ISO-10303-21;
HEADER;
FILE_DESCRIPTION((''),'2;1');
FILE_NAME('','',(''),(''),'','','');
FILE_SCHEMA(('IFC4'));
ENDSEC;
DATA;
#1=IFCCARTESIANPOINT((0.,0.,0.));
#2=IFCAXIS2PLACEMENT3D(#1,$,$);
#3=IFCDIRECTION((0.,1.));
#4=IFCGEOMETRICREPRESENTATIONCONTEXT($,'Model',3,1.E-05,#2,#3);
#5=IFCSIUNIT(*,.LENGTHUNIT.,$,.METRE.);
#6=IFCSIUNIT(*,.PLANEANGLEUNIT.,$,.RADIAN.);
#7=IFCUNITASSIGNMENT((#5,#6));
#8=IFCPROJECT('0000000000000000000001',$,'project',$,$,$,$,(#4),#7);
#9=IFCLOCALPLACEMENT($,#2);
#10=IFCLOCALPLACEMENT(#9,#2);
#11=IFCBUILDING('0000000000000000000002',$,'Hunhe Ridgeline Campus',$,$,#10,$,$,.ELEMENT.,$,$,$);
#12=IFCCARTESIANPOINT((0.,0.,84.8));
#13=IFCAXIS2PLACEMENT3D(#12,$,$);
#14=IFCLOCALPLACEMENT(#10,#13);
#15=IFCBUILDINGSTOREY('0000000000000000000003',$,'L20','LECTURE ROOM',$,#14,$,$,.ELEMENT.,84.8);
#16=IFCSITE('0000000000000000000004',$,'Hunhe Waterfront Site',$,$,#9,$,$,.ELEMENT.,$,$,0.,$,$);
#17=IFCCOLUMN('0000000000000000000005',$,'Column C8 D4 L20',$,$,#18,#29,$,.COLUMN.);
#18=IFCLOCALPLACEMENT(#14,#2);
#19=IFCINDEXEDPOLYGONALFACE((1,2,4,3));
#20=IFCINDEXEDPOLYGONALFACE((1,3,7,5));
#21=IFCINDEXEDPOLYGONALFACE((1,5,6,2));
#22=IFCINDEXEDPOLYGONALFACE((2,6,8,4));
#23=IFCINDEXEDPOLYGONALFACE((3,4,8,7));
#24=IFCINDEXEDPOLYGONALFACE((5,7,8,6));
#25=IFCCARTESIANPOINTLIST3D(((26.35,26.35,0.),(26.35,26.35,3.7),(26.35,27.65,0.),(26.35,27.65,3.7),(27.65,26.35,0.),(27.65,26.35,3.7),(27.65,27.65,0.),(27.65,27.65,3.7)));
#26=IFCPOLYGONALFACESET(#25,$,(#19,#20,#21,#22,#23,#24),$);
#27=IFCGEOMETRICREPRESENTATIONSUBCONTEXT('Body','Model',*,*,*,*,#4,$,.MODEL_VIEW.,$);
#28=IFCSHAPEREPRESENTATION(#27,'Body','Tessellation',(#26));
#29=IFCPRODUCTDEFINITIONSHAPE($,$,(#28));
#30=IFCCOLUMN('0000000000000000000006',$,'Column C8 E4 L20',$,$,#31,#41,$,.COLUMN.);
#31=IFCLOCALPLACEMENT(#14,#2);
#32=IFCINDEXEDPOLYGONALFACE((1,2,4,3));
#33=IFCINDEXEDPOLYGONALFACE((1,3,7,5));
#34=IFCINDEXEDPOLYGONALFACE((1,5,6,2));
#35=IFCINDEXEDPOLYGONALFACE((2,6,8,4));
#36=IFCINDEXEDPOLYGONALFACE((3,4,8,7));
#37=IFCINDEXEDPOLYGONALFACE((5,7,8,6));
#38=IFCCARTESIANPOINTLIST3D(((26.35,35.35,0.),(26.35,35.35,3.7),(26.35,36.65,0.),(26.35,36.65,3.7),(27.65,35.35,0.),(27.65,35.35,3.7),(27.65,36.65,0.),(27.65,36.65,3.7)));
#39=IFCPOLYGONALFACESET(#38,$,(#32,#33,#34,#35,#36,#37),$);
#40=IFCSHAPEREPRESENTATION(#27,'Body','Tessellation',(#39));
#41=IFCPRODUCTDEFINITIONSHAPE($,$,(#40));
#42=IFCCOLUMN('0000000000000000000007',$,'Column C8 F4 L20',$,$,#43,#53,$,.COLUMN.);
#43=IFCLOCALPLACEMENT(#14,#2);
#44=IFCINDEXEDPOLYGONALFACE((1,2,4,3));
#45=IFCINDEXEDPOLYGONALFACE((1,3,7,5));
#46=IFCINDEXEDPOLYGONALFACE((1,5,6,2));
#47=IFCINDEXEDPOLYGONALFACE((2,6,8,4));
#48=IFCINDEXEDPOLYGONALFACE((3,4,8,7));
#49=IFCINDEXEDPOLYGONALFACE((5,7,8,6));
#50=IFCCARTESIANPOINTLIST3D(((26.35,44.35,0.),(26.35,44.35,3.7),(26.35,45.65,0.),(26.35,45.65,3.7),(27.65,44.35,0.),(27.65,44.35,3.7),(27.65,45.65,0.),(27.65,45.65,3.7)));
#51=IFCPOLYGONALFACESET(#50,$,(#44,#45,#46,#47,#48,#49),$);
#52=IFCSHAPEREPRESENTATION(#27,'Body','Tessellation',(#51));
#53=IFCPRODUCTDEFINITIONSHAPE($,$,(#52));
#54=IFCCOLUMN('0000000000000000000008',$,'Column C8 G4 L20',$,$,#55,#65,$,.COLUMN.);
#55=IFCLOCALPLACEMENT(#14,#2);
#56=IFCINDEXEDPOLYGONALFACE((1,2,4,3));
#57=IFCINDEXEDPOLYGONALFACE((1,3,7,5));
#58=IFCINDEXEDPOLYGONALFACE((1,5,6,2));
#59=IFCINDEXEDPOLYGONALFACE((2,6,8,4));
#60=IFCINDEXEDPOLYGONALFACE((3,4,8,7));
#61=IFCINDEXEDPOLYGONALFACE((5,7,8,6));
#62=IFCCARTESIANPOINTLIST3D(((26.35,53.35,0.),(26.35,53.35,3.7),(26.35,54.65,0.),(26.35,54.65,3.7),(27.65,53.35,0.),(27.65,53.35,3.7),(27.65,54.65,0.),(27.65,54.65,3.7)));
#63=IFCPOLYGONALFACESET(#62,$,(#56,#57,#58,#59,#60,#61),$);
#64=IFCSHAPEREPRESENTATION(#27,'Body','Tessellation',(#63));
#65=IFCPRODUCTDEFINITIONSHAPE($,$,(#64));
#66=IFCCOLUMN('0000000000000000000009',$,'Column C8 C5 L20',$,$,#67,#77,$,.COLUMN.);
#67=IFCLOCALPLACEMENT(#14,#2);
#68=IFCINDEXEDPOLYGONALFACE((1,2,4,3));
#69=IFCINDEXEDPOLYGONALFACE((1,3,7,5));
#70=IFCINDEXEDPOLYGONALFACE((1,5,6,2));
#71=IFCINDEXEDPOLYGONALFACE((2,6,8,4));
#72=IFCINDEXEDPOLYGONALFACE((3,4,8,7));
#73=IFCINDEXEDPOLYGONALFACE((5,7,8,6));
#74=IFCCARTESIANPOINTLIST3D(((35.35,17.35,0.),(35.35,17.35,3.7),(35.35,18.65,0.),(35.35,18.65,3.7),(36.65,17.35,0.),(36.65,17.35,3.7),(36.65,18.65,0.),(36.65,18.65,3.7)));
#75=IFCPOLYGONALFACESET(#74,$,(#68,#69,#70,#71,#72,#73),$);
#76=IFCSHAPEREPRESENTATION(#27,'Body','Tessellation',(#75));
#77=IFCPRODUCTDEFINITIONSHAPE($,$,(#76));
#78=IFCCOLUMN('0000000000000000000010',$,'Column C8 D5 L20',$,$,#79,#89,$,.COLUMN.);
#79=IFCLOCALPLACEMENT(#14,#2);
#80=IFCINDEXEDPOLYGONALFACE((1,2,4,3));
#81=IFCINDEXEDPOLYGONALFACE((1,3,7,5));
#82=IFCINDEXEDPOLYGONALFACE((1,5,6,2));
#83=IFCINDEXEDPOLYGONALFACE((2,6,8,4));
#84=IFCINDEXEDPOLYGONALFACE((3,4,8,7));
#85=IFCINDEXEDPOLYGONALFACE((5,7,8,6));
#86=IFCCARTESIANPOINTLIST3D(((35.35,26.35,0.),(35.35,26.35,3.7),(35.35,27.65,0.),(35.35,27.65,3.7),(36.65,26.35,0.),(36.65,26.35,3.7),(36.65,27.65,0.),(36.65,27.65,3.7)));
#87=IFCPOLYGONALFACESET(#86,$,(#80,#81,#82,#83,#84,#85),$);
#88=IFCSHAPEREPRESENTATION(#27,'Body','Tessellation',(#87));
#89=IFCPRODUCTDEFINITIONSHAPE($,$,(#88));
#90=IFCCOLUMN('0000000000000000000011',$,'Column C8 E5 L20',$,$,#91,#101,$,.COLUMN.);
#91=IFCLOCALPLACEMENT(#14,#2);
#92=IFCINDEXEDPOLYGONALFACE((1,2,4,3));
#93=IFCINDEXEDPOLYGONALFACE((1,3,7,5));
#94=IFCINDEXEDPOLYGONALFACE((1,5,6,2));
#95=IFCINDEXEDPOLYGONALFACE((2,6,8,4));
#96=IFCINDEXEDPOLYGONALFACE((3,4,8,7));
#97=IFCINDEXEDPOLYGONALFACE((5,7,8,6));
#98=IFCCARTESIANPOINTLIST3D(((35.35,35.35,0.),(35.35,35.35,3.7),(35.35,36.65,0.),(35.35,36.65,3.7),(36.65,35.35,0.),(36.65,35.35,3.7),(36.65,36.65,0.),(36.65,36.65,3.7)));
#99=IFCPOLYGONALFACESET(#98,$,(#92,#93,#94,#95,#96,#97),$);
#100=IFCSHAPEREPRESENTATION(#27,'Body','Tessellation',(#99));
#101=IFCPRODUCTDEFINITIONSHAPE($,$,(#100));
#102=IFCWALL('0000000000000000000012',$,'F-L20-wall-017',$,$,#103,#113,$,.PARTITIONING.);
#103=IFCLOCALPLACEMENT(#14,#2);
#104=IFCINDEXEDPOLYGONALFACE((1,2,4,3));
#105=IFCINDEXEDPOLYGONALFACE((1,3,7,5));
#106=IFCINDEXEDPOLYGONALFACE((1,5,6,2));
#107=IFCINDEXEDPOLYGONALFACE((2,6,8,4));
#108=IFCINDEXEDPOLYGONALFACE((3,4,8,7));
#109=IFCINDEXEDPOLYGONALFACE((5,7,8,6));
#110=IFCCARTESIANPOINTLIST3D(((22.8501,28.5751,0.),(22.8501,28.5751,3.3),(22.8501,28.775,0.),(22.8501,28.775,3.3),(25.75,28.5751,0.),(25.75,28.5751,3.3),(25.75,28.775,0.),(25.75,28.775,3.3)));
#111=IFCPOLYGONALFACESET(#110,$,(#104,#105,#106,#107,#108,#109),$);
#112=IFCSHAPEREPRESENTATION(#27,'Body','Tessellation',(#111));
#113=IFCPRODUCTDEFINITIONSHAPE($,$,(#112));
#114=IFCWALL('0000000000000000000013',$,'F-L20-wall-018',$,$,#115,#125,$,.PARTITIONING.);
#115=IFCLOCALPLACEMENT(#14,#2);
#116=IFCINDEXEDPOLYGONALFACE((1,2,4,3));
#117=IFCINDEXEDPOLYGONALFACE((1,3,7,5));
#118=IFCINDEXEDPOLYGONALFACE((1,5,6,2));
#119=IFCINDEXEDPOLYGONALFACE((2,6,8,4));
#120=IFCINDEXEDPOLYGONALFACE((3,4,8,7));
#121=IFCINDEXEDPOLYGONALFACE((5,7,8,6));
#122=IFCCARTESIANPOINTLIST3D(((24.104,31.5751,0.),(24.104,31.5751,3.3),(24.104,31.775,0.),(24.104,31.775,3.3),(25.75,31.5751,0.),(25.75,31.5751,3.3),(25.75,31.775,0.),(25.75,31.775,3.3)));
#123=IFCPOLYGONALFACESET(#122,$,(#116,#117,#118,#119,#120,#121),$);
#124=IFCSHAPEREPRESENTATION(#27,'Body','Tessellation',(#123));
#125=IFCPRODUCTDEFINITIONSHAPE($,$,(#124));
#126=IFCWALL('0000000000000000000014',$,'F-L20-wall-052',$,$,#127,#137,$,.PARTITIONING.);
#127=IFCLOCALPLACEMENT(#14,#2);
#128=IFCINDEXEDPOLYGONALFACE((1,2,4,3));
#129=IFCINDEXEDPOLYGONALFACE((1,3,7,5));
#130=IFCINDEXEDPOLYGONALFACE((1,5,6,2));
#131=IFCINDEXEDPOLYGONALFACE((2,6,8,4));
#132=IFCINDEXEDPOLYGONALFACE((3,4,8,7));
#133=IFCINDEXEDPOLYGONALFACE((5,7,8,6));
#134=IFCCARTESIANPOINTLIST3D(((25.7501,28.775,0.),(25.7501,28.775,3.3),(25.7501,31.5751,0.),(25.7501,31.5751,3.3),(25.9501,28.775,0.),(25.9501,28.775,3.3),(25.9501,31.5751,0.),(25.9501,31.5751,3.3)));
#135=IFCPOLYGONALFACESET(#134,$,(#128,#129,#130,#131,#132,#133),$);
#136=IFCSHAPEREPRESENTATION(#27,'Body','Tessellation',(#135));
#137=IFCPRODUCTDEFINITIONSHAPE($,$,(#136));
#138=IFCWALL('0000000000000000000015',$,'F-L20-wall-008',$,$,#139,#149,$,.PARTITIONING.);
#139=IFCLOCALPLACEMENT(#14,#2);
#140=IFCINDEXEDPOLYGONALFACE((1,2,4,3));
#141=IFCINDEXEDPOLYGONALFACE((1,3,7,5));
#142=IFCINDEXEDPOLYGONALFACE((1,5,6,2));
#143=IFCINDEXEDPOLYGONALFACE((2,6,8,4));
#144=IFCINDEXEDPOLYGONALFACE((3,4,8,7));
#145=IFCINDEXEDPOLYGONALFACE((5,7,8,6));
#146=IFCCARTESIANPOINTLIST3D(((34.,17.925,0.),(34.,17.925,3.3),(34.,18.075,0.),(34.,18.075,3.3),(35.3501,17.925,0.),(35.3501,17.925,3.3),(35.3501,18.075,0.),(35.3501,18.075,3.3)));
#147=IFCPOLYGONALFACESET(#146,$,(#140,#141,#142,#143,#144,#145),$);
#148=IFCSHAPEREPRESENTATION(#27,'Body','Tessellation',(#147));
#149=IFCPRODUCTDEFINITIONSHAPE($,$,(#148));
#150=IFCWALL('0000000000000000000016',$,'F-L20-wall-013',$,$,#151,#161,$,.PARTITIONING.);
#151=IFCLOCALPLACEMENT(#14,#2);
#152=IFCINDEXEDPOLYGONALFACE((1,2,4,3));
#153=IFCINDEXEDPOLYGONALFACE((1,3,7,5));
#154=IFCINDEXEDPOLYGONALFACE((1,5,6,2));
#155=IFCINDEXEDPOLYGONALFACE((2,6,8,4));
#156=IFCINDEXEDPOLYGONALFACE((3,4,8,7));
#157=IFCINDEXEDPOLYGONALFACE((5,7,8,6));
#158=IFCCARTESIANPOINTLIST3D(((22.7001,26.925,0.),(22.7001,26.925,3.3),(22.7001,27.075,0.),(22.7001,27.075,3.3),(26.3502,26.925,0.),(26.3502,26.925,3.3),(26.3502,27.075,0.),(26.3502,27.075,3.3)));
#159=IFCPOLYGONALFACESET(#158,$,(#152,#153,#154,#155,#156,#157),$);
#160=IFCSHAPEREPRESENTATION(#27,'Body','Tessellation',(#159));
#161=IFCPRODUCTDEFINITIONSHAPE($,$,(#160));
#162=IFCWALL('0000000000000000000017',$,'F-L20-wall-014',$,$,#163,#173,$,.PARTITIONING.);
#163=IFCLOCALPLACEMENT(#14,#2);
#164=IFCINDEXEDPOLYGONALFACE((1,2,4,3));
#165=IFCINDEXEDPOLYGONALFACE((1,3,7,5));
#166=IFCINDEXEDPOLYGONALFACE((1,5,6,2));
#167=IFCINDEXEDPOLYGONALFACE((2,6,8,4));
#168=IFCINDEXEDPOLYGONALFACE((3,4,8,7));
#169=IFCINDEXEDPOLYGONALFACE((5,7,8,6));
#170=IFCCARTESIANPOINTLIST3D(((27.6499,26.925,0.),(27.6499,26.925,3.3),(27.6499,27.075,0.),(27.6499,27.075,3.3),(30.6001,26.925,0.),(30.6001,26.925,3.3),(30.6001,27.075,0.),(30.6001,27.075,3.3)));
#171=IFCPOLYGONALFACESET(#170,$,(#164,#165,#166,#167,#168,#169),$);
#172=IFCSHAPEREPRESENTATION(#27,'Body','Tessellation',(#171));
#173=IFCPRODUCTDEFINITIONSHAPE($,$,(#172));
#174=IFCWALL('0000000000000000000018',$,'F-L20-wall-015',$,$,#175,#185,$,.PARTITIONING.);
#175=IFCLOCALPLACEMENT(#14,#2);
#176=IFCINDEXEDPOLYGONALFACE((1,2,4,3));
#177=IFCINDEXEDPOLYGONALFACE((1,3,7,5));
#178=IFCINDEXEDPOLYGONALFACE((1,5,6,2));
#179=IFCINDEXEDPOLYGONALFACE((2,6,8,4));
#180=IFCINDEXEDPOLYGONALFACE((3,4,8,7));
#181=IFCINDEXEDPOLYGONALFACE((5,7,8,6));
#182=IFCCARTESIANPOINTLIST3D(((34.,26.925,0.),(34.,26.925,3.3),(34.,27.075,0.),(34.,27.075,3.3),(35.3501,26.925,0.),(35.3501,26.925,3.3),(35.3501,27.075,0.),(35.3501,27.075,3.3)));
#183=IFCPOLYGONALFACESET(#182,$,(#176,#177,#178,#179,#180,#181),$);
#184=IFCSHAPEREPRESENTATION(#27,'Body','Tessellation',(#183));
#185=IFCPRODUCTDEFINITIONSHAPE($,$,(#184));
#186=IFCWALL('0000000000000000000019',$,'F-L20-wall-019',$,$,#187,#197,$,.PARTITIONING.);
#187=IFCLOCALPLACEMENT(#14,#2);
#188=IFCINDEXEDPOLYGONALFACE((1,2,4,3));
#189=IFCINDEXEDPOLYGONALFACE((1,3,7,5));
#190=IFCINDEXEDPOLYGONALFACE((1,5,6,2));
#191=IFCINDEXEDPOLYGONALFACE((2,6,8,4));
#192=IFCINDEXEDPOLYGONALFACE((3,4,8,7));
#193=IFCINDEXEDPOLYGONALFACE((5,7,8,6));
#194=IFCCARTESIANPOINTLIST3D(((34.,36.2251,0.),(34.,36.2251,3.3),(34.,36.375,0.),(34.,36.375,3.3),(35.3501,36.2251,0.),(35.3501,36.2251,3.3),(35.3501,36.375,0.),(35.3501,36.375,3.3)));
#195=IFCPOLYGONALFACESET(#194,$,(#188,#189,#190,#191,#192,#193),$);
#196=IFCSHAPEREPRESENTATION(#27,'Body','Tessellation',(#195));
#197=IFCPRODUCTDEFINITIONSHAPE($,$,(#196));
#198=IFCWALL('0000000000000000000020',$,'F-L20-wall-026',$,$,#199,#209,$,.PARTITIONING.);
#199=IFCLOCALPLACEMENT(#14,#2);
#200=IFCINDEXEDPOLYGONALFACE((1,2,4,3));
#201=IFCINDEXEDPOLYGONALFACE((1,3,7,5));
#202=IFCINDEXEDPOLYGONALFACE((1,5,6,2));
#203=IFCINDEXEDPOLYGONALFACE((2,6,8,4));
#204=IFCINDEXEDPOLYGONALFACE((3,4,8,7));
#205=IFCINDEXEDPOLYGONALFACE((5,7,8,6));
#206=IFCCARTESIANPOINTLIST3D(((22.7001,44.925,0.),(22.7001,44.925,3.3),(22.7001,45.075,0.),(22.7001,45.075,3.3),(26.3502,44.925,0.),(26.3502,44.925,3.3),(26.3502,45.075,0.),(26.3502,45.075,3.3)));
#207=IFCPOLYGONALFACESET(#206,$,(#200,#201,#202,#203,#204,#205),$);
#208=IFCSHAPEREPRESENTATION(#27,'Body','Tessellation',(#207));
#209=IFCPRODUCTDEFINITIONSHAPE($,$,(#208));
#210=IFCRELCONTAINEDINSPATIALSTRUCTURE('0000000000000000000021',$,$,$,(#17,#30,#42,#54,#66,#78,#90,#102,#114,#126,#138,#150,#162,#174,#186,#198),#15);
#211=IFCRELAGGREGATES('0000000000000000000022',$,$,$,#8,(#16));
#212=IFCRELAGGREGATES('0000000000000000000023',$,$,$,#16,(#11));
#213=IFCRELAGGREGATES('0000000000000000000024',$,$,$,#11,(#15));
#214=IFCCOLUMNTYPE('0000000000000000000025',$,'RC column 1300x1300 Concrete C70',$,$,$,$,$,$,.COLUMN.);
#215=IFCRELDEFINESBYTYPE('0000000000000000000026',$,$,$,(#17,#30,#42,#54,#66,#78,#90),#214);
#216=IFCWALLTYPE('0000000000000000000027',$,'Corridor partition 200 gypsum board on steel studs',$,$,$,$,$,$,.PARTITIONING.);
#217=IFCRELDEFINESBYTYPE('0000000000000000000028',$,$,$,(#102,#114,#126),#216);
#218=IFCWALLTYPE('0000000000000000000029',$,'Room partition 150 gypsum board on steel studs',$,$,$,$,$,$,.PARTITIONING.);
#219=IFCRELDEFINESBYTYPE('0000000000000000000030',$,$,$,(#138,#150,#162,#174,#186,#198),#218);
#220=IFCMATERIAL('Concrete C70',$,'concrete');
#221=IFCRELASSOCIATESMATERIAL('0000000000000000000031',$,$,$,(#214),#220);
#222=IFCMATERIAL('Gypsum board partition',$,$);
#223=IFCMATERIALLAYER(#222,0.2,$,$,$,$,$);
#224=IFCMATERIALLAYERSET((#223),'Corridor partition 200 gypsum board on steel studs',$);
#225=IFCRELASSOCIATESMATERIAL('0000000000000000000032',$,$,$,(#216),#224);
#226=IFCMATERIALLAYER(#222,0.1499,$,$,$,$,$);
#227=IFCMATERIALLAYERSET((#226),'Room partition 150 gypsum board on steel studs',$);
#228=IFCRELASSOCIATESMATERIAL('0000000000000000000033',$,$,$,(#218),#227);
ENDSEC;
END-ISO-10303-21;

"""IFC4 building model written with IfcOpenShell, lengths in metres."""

from ifc_helpers import new_model, si_unit, direction, frame, frame_2d, origin, origin_2d, place, context, subcontext, project, spatial, rectangle, extrude, material, layer, layer_set, material_profile, profile_set, type_object, element, save


model = new_model("IFC4")

# Units and contexts
model_context = context("Model", 3, precision=1e-05, world=origin(), true_north=direction((0.0, 1.0)))
body_context = subcontext(model_context, "Body", "Model", "MODEL_VIEW")
ifc_project = project(units=[si_unit("LENGTHUNIT", "METRE"), si_unit("PLANEANGLEUNIT", "RADIAN")], contexts=[model_context])

# Site, building, storey
site_placement = place(None, origin())
site = spatial("IfcSite", under=ifc_project, at=site_placement, Name="Hunhe Waterfront Site", CompositionType="ELEMENT", RefElevation=0.0)
building_placement = place(site_placement, origin())
building = spatial("IfcBuilding", under=site, at=building_placement, Name="Hunhe Ridgeline Campus", CompositionType="ELEMENT")
storey_placement = place(building_placement, frame((0.0, 0.0, 84.8)))
storey = spatial("IfcBuildingStorey", under=building, at=storey_placement, Name="L20", Description="LECTURE ROOM", CompositionType="ELEMENT", Elevation=84.8)

# Columns
ifc_material_1 = material(Name="Concrete C70", Category="concrete")
ifc_material_profile = material_profile(ifc_material_1, rectangle(XDim=1.3, YDim=1.3, at=origin_2d()))
ifc_profile_set = profile_set([ifc_material_profile], Name="Concrete C70")
column_type = type_object("IfcColumnType", Name="RC column 1300x1300 Concrete C70", PredefinedType="COLUMN", material=ifc_profile_set)
for number, where, z_axis, x_axis, name in (
    (1, (27.0, 27.0, 0.0), (0.0, 0.0, 1.0), (1.0, 0.0, 0.0), "Column C8 D4 L20"),
    (2, (27.0, 36.0, 0.0), (0.0, 0.0, 1.0), (1.0, 0.0, 0.0), "Column C8 E4 L20"),
    (3, (27.0, 45.0, 0.0), (0.0, 0.0, 1.0), (1.0, 0.0, 0.0), "Column C8 F4 L20"),
    (4, (27.0, 54.0, 0.0), (0.0, 0.0, 1.0), (1.0, 0.0, 0.0), "Column C8 G4 L20"),
    (5, (36.0, 18.0, 0.0), (0.0, 0.0, 1.0), (1.0, 0.0, 0.0), "Column C8 C5 L20"),
    (6, (36.0, 27.0, 0.0), (0.0, 0.0, 1.0), (1.0, 0.0, 0.0), "Column C8 D5 L20"),
    (7, (36.0, 36.0, 0.0), (0.0, 0.0, 1.0), (1.0, 0.0, 0.0), "Column C8 E5 L20"),
):
    element("IfcColumn", number, at=place(storey_placement, frame(where, z_axis=z_axis, x_axis=x_axis)), inside=storey, type_object=column_type, Name=name, PredefinedType="COLUMN", context=body_context, shape_type="SweptSolid", body=[
        extrude(rectangle(XDim=1.3, YDim=1.3, at=origin_2d()), origin(), (0.0, 0.0, 1.0), 3.7),
    ])

# Walls
ifc_material_2 = material(Name="Gypsum board partition")
ifc_layer_1 = layer(ifc_material_2, 0.2)
ifc_layer_set_1 = layer_set([ifc_layer_1], Name="Corridor partition 200 gypsum board on steel studs")
wall_type_1 = type_object("IfcWallType", Name="Corridor partition 200 gypsum board on steel studs", PredefinedType="PARTITIONING", material=ifc_layer_set_1)
wall_1_placement = place(storey_placement, frame((25.75, 28.675, 0.0), z_axis=(0.0, 0.0, 1.0), x_axis=(-1.0, 0.0, 0.0)))
element("IfcWall", 8, at=wall_1_placement, inside=storey, type_object=wall_type_1, Name="F-L20-wall-017", PredefinedType="PARTITIONING", context=body_context, shape_type="SweptSolid", body=[
    extrude(rectangle(XDim=2.8999, YDim=0.2, at=frame_2d((1.45, 0.0))), origin(), (0.0, 0.0, 1.0), 3.3),
])
wall_2_placement = place(storey_placement, frame((24.104, 31.675, 0.0), z_axis=(0.0, 0.0, 1.0), x_axis=(1.0, 0.0, 0.0)))
element("IfcWall", 9, at=wall_2_placement, inside=storey, type_object=wall_type_1, Name="F-L20-wall-018", PredefinedType="PARTITIONING", context=body_context, shape_type="SweptSolid", body=[
    extrude(rectangle(XDim=1.646, YDim=0.2, at=frame_2d((0.823, 0.0))), origin(), (0.0, 0.0, 1.0), 3.3),
])

# Walls
wall_3_placement = place(storey_placement, frame((25.8501, 31.575, 0.0), z_axis=(0.0, 0.0, 1.0), x_axis=(0.0, -1.0, 0.0)))
element("IfcWall", 10, at=wall_3_placement, inside=storey, type_object=wall_type_1, Name="F-L20-wall-052", PredefinedType="PARTITIONING", context=body_context, shape_type="SweptSolid", body=[
    extrude(rectangle(XDim=2.8, YDim=0.2, at=frame_2d((1.3999, 0.0))), origin(), (0.0, 0.0, 1.0), 3.3),
])
ifc_layer_2 = layer(ifc_material_2, 0.1499)
ifc_layer_set_2 = layer_set([ifc_layer_2], Name="Room partition 150 gypsum board on steel studs")
wall_type_2 = type_object("IfcWallType", Name="Room partition 150 gypsum board on steel studs", PredefinedType="PARTITIONING", material=ifc_layer_set_2)
wall_4_placement = place(storey_placement, frame((34.0, 18.0, 0.0), z_axis=(0.0, 0.0, 1.0), x_axis=(1.0, 0.0, 0.0)))
element("IfcWall", 11, at=wall_4_placement, inside=storey, type_object=wall_type_2, Name="F-L20-wall-008", PredefinedType="PARTITIONING", context=body_context, shape_type="SweptSolid", body=[
    extrude(rectangle(XDim=1.3501, YDim=0.1499, at=frame_2d((0.675, 0.0))), origin(), (0.0, 0.0, 1.0), 3.3),
])
wall_5_placement = place(storey_placement, frame((22.7, 27.0, 0.0), z_axis=(0.0, 0.0, 1.0), x_axis=(1.0, 0.0, 0.0)))
element("IfcWall", 12, at=wall_5_placement, inside=storey, type_object=wall_type_2, Name="F-L20-wall-013", PredefinedType="PARTITIONING", context=body_context, shape_type="SweptSolid", body=[
    extrude(rectangle(XDim=3.6501, YDim=0.1499, at=frame_2d((1.8252, 0.0))), origin(), (0.0, 0.0, 1.0), 3.3),
])
wall_6_placement = place(storey_placement, frame((27.6499, 27.0, 0.0), z_axis=(0.0, 0.0, 1.0), x_axis=(1.0, 0.0, 0.0)))
element("IfcWall", 13, at=wall_6_placement, inside=storey, type_object=wall_type_2, Name="F-L20-wall-014", PredefinedType="PARTITIONING", context=body_context, shape_type="SweptSolid", body=[
    extrude(rectangle(XDim=2.9502, YDim=0.1499, at=frame_2d((1.4751, 0.0))), origin(), (0.0, 0.0, 1.0), 3.3),
])
for number, where, z_axis, x_axis, name in (
    (14, (34.0, 27.0, 0.0), (0.0, 0.0, 1.0), (1.0, 0.0, 0.0), "F-L20-wall-015"),
    (15, (34.0, 36.3, 0.0), (0.0, 0.0, 1.0), (1.0, 0.0, 0.0), "F-L20-wall-019"),
):
    element("IfcWall", number, at=place(storey_placement, frame(where, z_axis=z_axis, x_axis=x_axis)), inside=storey, type_object=wall_type_2, Name=name, PredefinedType="PARTITIONING", context=body_context, shape_type="SweptSolid", body=[
        extrude(rectangle(XDim=1.3501, YDim=0.1499, at=frame_2d((0.675, 0.0))), origin(), (0.0, 0.0, 1.0), 3.3),
    ])
wall_7_placement = place(storey_placement, frame((22.7, 45.0, 0.0), z_axis=(0.0, 0.0, 1.0), x_axis=(1.0, 0.0, 0.0)))
element("IfcWall", 16, at=wall_7_placement, inside=storey, type_object=wall_type_2, Name="F-L20-wall-026", PredefinedType="PARTITIONING", context=body_context, shape_type="SweptSolid", body=[
    extrude(rectangle(XDim=3.6501, YDim=0.1499, at=frame_2d((1.8252, 0.0))), origin(), (0.0, 0.0, 1.0), 3.3),
])

save(model, "model.ifc")
